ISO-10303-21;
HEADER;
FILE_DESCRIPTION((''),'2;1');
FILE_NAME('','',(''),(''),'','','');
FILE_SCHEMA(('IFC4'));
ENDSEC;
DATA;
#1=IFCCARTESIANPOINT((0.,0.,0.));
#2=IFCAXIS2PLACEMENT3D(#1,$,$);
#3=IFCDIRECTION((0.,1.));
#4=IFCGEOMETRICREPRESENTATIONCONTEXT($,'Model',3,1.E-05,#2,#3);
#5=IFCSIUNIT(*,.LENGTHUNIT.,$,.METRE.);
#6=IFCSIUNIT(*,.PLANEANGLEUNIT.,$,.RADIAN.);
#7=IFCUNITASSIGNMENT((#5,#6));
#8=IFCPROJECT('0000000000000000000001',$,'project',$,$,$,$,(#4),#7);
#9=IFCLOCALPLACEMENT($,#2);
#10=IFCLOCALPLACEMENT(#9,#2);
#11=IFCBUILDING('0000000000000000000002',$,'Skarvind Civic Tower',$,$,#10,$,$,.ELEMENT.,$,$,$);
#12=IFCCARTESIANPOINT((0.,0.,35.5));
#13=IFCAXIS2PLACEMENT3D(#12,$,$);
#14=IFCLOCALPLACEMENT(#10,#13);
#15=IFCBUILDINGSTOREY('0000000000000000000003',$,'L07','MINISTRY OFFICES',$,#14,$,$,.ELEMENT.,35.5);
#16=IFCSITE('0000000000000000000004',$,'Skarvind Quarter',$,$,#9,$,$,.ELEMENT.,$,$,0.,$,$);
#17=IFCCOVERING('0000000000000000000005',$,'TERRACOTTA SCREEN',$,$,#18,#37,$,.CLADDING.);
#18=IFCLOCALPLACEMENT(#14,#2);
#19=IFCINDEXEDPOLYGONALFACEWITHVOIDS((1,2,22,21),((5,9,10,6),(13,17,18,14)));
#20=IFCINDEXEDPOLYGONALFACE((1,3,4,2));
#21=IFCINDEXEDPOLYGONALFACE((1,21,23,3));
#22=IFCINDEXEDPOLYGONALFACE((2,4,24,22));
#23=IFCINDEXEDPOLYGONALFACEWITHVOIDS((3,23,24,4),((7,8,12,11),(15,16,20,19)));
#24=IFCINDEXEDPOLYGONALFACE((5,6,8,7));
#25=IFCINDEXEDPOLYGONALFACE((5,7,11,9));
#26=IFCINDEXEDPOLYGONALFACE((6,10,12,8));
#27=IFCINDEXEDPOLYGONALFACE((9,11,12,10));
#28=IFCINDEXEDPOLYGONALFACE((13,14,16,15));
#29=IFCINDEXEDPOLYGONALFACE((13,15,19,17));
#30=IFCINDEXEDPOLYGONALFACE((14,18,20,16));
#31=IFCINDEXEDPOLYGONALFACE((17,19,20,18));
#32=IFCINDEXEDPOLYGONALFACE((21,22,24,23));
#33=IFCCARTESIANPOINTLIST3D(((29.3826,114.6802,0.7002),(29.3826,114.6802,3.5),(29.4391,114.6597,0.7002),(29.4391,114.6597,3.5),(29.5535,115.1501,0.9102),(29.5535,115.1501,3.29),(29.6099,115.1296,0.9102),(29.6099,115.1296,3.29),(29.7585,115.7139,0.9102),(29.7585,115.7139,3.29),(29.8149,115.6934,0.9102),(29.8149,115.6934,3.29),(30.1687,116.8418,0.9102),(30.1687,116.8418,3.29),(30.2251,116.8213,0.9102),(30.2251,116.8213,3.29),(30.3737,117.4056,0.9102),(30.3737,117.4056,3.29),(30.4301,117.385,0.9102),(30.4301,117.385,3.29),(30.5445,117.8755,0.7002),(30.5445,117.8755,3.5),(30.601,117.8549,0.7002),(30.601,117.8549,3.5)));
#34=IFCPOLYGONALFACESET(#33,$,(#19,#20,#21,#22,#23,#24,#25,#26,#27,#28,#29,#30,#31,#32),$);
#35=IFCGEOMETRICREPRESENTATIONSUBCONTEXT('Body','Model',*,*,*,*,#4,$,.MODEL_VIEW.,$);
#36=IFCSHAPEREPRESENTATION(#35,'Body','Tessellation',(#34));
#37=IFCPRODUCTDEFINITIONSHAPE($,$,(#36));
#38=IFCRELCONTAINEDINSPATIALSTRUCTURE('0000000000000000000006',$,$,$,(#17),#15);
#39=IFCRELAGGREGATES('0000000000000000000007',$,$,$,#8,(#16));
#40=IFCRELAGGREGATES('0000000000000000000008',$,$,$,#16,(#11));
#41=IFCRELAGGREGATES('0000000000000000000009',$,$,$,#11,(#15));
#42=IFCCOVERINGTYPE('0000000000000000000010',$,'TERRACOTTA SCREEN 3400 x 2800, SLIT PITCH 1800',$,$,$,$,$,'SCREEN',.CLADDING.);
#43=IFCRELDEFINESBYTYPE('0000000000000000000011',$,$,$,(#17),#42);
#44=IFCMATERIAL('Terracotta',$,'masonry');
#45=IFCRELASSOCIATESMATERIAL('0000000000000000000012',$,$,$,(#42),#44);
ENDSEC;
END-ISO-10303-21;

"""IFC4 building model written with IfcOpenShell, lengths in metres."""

from ifc_helpers import new_model, si_unit, direction, frame, origin, place, context, subcontext, project, spatial, polyline, outline, extrude, material, material_profile, profile_set, type_object, element, save


model = new_model("IFC4")

# Units and contexts
model_context = context("Model", 3, precision=1e-05, world=origin(), true_north=direction((0.0, 1.0)))
body_context = subcontext(model_context, "Body", "Model", "MODEL_VIEW")
ifc_project = project(units=[si_unit("LENGTHUNIT", "METRE"), si_unit("PLANEANGLEUNIT", "RADIAN")], contexts=[model_context])

# Site, building, storey
site_placement = place(None, origin())
site = spatial("IfcSite", under=ifc_project, at=site_placement, Name="Skarvind Quarter", CompositionType="ELEMENT", RefElevation=0.0)
building_placement = place(site_placement, origin())
building = spatial("IfcBuilding", under=site, at=building_placement, Name="Skarvind Civic Tower", CompositionType="ELEMENT")
storey_placement = place(building_placement, frame((0.0, 0.0, 35.5)))
storey = spatial("IfcBuildingStorey", under=building, at=storey_placement, Name="L07", Description="MINISTRY OFFICES", CompositionType="ELEMENT", Elevation=35.5)

# Covering
ifc_material_1 = material(Name="Terracotta", Category="masonry")
ifc_material_profile_1 = material_profile(ifc_material_1, outline(polyline([(-1.7, -1.3999), (1.7, -1.3999), (1.7, 1.3999), (-1.7, 1.3999), (-1.7, -1.3999)]), holes=[polyline([(-1.2, -1.1899), (-0.6001, -1.1899), (-0.6001, 1.1899), (-1.2, 1.1899), (-1.2, -1.1899)]), polyline([(0.6001, -1.1899), (1.2, -1.1899), (1.2, 1.1899), (0.6001, 1.1899), (0.6001, -1.1899)])]), Name="TERRACOTTA SCREEN 3400 x 2800, SLIT PITCH 1800")
ifc_profile_set_1 = profile_set([ifc_material_profile_1], Name="Terracotta")
covering_type = type_object("IfcCoveringType", Name="TERRACOTTA SCREEN 3400 x 2800, SLIT PITCH 1800", ElementType="SCREEN", PredefinedType="CLADDING", material=ifc_profile_set_1)
covering_placement = place(storey_placement, frame((30.02, 116.2573, 2.1001), z_axis=(-0.939793, 0.341743, 0.0), x_axis=(-0.341743, -0.939793, 0.0)))
element("IfcCovering", 1, at=covering_placement, inside=storey, type_object=covering_type, Name="TERRACOTTA SCREEN", PredefinedType="CLADDING", context=body_context, shape_type="SweptSolid", body=[
    extrude(outline(polyline([(-1.7, -1.3999), (1.7, -1.3999), (1.7, 1.3999), (-1.7, 1.3999), (-1.7, -1.3999)]), holes=[polyline([(-1.2, -1.1899), (-0.6001, -1.1899), (-0.6001, 1.1899), (-1.2, 1.1899), (-1.2, -1.1899)]), polyline([(0.6001, -1.1899), (1.2, -1.1899), (1.2, 1.1899), (0.6001, 1.1899), (0.6001, -1.1899)])]), origin(), (0.0, 0.0, 1.0), 0.0601),
])

save(model, "model.ifc")
